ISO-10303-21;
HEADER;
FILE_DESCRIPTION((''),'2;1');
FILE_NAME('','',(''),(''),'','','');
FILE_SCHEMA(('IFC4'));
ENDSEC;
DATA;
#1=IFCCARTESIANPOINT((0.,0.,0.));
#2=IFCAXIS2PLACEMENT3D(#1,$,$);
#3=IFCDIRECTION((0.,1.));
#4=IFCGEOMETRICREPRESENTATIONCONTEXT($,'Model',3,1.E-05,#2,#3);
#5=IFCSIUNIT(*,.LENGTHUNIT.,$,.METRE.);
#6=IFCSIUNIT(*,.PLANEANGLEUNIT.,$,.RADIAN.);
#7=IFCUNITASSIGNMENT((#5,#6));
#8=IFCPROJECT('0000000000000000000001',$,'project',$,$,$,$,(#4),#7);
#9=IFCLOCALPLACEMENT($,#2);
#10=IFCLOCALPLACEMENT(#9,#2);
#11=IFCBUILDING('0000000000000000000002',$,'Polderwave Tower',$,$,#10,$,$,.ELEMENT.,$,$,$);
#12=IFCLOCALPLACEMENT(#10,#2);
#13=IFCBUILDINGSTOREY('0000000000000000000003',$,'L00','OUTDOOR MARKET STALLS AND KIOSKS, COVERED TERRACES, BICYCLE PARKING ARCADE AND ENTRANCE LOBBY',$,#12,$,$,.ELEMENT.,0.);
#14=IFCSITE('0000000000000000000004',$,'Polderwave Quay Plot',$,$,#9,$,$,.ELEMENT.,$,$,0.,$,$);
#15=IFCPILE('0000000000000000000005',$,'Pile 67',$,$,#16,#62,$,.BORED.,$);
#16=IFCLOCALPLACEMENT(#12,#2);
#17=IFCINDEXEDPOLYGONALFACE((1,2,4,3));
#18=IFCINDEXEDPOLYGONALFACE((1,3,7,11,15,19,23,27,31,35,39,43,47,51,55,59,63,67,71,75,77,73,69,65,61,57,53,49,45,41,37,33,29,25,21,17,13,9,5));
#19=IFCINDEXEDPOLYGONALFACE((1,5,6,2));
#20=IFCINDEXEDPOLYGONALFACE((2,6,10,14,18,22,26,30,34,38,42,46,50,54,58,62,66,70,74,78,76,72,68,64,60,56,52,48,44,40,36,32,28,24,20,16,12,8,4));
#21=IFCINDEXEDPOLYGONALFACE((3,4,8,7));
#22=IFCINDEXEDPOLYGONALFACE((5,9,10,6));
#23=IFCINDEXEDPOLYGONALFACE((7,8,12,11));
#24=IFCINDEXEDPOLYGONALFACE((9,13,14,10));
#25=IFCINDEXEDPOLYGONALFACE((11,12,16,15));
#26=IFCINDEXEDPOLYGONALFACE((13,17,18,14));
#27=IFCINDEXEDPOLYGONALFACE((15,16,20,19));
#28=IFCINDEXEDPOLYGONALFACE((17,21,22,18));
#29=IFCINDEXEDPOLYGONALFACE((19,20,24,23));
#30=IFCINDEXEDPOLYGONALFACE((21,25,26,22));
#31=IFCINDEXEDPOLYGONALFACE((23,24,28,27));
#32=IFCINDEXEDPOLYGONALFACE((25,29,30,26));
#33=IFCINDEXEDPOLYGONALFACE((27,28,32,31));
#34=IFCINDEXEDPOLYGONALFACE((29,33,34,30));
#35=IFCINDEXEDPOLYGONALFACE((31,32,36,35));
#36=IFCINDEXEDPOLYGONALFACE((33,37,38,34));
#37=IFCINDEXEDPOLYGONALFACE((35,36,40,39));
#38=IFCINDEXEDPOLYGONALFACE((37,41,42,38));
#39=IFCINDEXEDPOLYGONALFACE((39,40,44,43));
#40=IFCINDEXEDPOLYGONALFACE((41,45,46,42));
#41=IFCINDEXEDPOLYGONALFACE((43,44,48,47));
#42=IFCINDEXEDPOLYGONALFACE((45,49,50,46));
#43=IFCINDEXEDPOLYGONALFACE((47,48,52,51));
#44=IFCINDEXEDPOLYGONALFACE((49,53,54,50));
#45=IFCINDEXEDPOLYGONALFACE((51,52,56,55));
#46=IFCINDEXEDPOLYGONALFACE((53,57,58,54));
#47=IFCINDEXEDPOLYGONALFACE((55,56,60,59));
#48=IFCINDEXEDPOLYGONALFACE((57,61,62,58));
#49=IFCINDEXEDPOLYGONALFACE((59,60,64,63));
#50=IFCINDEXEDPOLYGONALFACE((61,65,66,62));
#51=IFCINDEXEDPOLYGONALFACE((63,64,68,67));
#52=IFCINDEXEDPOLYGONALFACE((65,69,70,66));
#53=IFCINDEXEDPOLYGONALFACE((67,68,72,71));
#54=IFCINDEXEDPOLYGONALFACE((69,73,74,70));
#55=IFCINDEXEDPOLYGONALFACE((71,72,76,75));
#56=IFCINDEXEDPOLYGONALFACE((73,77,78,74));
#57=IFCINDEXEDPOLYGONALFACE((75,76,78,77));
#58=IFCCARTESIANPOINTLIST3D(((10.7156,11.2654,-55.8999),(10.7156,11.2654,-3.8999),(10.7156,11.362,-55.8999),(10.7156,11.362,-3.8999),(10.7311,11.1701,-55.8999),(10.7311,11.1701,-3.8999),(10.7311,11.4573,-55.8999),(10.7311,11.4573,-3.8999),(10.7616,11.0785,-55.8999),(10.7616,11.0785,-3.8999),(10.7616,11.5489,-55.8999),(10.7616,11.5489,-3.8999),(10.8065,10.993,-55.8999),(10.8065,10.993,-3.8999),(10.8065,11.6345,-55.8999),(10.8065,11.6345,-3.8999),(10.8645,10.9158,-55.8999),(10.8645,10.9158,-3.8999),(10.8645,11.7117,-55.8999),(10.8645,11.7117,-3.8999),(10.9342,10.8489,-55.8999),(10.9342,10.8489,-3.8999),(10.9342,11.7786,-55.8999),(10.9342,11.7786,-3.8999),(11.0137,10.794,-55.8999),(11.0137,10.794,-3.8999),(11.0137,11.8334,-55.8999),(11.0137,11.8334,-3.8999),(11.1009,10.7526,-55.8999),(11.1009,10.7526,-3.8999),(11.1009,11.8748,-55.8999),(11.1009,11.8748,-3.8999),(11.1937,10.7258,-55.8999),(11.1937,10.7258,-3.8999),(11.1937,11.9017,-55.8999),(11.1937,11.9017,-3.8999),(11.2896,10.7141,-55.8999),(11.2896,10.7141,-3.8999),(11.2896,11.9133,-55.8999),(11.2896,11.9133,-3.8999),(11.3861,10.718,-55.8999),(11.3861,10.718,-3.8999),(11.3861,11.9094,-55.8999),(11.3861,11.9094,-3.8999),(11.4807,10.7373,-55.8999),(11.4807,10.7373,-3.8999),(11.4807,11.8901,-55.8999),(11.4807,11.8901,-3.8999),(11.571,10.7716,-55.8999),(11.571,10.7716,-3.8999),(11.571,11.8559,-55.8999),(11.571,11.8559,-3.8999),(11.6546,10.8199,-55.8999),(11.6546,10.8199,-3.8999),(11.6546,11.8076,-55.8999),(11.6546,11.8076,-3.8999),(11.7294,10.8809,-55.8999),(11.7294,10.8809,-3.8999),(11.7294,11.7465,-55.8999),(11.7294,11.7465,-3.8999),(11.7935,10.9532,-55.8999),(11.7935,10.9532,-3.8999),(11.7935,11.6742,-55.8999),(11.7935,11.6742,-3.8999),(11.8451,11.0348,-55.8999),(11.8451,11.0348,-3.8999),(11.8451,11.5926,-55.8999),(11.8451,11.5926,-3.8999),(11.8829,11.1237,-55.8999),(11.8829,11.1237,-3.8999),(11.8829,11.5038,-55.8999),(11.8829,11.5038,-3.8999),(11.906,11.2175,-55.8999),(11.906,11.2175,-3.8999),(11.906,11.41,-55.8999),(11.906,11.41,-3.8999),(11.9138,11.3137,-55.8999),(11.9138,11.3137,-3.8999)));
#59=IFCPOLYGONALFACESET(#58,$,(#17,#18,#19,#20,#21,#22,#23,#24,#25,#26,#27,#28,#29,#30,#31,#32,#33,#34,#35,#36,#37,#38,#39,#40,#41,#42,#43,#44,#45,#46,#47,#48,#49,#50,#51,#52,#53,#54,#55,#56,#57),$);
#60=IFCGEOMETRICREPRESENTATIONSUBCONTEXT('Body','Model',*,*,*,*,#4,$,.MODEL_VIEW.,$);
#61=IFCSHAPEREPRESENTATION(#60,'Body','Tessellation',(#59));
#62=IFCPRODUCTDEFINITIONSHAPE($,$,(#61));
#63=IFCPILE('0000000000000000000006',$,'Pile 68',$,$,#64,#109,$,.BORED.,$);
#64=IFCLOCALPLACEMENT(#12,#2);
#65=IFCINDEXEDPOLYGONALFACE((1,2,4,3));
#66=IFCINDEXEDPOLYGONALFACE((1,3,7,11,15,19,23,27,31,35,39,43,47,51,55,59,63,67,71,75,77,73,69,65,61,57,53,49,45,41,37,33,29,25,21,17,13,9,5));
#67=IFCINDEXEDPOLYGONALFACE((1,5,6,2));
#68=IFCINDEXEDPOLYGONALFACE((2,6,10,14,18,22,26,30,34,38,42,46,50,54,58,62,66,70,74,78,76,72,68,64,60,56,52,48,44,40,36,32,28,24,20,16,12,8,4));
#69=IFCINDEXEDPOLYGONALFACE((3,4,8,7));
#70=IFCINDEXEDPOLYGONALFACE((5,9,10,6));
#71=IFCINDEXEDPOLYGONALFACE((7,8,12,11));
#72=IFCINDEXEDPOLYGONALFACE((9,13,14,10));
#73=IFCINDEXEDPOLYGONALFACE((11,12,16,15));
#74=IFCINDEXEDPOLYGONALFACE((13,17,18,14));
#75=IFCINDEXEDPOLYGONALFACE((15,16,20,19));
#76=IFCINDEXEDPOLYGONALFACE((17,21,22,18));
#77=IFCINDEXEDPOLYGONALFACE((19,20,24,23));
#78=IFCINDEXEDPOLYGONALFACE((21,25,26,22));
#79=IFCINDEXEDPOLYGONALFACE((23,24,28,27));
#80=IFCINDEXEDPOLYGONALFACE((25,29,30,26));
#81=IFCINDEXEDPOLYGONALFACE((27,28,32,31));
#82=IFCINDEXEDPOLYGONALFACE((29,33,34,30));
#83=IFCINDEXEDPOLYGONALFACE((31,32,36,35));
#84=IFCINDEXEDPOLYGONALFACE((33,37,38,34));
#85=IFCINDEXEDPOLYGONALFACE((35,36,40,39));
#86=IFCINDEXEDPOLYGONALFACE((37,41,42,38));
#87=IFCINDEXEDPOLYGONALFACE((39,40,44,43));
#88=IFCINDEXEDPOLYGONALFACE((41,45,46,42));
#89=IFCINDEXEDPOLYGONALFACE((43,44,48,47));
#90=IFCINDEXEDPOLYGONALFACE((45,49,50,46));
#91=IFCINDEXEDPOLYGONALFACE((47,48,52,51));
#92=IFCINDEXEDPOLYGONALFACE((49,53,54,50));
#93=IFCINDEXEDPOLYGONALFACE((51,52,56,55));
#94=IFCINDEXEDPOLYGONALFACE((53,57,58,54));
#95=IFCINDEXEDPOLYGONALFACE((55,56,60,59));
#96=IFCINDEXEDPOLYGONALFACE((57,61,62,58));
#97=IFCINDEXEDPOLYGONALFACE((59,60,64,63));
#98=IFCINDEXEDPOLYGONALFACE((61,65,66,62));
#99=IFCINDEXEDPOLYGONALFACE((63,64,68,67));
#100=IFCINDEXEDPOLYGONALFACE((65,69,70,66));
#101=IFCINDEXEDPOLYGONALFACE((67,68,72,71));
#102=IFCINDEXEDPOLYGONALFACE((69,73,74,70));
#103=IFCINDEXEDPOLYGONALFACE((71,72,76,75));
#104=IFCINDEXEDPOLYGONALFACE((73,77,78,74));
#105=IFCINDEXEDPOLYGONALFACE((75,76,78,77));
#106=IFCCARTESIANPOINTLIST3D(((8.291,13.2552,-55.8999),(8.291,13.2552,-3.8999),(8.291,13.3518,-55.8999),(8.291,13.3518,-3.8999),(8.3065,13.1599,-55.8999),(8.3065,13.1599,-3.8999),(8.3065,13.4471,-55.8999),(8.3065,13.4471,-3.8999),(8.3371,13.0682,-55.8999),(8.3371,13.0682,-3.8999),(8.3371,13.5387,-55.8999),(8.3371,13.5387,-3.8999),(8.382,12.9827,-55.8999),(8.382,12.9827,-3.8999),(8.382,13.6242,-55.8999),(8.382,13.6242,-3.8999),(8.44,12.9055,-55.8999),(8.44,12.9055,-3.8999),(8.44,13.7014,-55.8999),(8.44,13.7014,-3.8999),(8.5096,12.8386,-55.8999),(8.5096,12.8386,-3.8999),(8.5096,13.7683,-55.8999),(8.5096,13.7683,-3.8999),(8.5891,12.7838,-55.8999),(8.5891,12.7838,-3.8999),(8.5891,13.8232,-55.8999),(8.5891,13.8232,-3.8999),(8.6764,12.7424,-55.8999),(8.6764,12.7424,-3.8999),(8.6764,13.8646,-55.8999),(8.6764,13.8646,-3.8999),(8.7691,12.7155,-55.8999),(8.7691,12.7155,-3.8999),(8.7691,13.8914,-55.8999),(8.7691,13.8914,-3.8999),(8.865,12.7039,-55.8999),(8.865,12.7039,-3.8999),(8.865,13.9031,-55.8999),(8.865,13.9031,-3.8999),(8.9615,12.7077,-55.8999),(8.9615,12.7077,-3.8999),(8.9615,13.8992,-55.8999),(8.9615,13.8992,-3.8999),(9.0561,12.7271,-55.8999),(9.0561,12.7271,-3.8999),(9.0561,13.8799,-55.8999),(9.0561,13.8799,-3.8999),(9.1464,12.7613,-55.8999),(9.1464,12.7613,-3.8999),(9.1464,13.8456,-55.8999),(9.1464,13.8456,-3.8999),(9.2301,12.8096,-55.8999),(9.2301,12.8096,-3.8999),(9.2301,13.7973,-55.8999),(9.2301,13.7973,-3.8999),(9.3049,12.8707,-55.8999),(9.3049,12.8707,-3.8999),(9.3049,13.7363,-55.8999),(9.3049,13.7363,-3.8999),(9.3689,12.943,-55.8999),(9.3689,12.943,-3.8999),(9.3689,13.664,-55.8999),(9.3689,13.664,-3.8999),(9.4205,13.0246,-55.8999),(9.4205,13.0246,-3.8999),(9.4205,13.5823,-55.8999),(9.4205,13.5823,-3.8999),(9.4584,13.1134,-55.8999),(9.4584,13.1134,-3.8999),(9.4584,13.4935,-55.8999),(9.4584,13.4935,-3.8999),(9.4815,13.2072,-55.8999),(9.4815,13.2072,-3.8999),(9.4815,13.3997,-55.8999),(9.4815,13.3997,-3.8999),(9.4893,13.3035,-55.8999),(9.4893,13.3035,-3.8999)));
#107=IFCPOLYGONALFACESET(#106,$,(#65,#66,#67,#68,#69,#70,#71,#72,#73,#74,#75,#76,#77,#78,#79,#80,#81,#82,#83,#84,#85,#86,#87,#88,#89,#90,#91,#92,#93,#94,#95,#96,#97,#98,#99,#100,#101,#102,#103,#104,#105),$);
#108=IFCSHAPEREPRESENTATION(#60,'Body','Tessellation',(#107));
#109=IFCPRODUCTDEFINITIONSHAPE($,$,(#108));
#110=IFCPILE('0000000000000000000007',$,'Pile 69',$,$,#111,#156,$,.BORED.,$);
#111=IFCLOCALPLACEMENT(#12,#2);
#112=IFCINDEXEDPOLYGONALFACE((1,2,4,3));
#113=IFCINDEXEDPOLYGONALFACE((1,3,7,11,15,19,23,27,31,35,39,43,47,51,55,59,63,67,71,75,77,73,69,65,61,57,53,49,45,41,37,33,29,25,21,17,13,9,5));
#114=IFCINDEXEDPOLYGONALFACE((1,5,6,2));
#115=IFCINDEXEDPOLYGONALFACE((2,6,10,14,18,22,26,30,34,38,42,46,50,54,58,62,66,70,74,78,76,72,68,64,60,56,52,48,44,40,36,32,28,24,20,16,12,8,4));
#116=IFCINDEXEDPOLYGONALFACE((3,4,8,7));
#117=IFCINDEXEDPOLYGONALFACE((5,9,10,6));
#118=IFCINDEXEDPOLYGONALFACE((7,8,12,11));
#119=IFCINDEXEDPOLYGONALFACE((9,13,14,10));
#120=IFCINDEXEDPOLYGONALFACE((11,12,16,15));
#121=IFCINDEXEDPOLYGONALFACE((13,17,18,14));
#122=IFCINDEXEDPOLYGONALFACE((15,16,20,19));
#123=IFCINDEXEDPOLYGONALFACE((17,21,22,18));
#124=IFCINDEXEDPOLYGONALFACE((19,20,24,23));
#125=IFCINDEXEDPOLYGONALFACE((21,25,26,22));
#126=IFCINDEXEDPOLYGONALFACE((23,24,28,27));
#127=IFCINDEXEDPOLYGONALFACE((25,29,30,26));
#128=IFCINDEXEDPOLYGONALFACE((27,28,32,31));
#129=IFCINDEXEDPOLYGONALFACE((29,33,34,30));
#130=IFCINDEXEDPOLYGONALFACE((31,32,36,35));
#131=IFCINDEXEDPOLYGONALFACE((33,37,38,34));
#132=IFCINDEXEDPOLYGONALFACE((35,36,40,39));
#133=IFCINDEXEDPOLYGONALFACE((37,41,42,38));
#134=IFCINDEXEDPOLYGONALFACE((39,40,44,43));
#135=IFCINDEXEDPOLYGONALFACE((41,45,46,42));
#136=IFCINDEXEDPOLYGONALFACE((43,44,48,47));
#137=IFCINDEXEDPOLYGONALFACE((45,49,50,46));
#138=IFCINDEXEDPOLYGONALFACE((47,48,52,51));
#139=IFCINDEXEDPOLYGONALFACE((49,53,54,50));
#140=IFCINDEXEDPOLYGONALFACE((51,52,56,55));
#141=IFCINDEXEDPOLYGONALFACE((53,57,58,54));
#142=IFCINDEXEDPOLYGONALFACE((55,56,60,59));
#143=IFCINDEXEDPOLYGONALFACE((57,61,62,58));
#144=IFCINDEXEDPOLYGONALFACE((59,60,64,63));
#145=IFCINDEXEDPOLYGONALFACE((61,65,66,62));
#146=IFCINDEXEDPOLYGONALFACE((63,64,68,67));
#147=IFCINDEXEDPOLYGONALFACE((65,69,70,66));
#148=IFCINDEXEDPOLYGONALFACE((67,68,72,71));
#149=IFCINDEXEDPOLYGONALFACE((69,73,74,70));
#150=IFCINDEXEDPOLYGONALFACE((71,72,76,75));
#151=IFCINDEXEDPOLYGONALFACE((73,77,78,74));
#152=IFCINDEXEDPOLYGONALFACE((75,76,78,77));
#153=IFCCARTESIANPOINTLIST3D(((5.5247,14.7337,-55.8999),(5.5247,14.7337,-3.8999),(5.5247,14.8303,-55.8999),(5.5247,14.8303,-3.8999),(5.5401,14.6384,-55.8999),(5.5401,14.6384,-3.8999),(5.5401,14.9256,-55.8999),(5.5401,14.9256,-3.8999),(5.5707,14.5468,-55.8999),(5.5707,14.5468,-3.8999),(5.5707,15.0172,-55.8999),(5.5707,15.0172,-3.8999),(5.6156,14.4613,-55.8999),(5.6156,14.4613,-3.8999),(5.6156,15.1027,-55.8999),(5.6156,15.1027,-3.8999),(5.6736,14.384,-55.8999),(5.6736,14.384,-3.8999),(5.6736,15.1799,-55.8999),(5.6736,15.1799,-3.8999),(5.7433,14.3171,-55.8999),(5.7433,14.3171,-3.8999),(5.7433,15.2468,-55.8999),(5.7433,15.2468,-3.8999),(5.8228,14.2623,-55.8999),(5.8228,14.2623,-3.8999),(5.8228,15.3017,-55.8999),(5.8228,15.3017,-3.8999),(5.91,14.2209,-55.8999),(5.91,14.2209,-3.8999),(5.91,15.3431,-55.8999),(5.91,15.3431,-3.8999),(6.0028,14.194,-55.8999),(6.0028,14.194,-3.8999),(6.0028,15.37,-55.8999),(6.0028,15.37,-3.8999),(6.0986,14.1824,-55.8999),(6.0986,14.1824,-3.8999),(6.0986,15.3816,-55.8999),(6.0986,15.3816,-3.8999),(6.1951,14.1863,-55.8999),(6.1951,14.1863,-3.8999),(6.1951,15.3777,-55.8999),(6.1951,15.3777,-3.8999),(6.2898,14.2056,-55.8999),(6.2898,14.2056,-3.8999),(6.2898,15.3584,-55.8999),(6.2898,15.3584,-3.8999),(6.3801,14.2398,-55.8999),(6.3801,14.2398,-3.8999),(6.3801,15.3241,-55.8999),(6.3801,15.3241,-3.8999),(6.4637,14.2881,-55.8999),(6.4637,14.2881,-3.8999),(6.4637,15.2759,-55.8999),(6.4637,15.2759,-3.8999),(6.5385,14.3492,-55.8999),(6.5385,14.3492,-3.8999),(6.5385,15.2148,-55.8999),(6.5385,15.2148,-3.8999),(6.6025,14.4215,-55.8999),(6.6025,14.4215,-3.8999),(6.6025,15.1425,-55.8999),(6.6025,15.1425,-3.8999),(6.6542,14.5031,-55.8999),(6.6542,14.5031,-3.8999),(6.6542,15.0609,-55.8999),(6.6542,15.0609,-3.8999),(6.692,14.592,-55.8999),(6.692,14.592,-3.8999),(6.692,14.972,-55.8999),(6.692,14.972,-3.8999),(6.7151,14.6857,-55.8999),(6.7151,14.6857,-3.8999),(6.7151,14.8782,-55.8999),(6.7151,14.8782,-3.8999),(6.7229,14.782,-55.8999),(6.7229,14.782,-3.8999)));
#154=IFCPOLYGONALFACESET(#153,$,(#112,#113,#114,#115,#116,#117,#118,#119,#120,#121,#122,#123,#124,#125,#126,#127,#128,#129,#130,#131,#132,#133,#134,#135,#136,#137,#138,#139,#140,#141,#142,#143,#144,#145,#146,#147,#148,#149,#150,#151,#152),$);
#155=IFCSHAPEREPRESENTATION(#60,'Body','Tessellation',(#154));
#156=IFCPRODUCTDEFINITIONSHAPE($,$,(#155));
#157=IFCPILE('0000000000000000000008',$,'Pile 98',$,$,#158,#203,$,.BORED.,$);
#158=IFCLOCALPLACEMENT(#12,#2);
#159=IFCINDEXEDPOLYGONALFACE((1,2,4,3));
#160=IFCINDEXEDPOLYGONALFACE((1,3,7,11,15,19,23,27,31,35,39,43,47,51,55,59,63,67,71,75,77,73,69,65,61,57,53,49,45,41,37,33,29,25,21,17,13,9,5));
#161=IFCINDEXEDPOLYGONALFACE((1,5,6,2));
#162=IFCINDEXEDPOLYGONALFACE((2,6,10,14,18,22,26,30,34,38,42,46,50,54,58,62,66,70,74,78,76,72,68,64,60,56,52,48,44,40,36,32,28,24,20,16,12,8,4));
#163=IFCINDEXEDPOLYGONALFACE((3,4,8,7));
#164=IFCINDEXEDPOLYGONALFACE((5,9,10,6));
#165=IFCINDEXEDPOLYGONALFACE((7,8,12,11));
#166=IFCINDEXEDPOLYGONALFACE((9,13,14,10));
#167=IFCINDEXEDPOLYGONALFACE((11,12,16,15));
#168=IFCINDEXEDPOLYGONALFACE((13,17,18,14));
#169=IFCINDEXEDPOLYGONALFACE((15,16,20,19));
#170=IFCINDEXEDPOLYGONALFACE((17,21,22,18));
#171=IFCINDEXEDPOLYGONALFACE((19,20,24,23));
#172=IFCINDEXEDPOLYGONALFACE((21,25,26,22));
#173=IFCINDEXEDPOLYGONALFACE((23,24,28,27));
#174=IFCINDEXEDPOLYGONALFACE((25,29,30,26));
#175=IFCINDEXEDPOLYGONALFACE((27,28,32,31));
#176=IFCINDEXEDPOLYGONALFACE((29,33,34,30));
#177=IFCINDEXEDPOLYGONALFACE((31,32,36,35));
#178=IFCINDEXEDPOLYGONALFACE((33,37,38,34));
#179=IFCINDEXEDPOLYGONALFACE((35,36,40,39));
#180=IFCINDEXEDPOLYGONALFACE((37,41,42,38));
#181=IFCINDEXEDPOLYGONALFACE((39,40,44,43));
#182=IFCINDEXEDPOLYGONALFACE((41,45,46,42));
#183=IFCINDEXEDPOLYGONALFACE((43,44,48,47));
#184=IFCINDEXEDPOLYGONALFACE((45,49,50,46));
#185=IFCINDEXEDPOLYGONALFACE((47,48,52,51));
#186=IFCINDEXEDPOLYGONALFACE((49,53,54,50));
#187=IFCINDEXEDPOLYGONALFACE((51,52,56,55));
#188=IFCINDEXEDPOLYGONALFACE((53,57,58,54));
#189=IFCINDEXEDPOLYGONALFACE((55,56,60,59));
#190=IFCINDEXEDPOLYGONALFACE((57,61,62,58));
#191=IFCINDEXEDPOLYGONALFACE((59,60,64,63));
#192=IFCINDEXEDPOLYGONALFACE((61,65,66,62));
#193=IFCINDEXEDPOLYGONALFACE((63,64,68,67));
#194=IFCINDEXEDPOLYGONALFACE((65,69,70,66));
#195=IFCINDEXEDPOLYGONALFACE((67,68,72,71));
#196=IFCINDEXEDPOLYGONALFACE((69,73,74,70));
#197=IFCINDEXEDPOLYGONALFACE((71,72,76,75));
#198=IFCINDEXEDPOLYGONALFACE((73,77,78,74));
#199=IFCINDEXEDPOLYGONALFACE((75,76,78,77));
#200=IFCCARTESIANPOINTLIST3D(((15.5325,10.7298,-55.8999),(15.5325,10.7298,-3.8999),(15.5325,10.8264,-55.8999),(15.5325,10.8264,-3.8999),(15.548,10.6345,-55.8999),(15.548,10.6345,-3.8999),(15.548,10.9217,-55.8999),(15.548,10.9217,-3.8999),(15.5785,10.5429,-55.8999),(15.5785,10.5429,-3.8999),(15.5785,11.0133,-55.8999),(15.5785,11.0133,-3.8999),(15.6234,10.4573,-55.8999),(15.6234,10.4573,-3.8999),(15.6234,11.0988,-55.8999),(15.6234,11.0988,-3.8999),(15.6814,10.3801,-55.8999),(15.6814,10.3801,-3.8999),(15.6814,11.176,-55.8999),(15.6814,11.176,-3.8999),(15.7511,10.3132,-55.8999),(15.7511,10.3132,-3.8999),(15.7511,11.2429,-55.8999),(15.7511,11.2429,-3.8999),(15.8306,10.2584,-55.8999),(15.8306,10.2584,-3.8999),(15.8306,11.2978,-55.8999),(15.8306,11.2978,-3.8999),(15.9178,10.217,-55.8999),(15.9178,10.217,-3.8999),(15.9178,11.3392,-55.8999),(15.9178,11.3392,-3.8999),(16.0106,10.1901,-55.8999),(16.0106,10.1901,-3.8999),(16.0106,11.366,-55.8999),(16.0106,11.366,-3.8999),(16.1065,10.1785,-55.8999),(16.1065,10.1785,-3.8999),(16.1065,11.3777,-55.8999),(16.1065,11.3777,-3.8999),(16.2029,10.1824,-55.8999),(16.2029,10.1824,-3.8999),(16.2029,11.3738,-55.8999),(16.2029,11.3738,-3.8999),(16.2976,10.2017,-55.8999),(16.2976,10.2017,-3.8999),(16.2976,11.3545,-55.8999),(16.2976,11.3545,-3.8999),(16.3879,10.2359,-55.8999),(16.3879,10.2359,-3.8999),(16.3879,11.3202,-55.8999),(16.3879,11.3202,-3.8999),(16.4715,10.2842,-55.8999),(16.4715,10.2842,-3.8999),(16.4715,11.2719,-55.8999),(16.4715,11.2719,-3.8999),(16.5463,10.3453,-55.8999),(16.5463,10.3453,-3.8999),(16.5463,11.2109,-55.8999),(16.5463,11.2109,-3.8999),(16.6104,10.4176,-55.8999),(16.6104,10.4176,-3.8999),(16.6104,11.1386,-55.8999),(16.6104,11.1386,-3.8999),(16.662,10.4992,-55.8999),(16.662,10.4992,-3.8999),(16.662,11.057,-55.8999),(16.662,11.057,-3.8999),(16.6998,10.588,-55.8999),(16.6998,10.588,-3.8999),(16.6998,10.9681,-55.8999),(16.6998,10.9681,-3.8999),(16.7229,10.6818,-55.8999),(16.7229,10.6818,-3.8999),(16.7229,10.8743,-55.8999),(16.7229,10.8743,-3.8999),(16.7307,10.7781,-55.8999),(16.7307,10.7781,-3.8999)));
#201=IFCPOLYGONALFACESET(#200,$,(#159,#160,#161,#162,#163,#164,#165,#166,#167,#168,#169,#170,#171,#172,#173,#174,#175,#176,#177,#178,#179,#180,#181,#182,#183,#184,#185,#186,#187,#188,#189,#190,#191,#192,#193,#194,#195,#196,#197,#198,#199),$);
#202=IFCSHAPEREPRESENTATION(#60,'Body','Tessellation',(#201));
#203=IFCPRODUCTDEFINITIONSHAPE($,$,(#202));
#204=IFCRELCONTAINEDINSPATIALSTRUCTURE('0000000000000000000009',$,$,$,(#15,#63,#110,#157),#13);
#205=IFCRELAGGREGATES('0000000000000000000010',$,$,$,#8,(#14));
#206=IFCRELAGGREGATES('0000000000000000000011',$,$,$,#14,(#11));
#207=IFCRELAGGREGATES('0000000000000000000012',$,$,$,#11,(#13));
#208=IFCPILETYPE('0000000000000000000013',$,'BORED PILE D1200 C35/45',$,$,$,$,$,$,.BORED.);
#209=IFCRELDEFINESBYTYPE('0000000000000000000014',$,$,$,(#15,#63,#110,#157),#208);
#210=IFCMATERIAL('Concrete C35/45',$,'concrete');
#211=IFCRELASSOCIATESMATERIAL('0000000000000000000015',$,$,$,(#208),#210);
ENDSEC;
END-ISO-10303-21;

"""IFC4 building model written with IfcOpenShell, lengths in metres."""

from ifc_helpers import new_model, si_unit, direction, frame, origin, origin_2d, place, context, subcontext, project, spatial, circle, extrude, material, material_profile, profile_set, type_object, element, save


model = new_model("IFC4")

# Units and contexts
model_context = context("Model", 3, precision=1e-05, world=origin(), true_north=direction((0.0, 1.0)))
body_context = subcontext(model_context, "Body", "Model", "MODEL_VIEW")
ifc_project = project(units=[si_unit("LENGTHUNIT", "METRE"), si_unit("PLANEANGLEUNIT", "RADIAN")], contexts=[model_context])

# Site, building, storey
site_placement = place(None, origin())
site = spatial("IfcSite", under=ifc_project, at=site_placement, Name="Polderwave Quay Plot", CompositionType="ELEMENT", RefElevation=0.0)
building_placement = place(site_placement, origin())
building = spatial("IfcBuilding", under=site, at=building_placement, Name="Polderwave Tower", CompositionType="ELEMENT")
storey_placement = place(building_placement, origin())
storey = spatial("IfcBuildingStorey", under=building, at=storey_placement, Name="L00", Description="OUTDOOR MARKET STALLS AND KIOSKS, COVERED TERRACES, BICYCLE PARKING ARCADE AND ENTRANCE LOBBY", CompositionType="ELEMENT", Elevation=0.0)

# Piles
ifc_material_1 = material(Name="Concrete C35/45", Category="concrete")
ifc_material_profile_1 = material_profile(ifc_material_1, circle(Radius=0.6001, at=origin_2d()), Name="BORED D1200")
ifc_profile_set_1 = profile_set([ifc_material_profile_1], Name="Concrete C35/45")
pile_type = type_object("IfcPileType", Name="BORED PILE D1200 C35/45", PredefinedType="BORED", material=ifc_profile_set_1)
for number, where, z_axis, x_axis, name in (
    (1, (11.3137, 11.3137, -3.8999), (0.0, 0.0, -1.0), (1.0, 0.0, 0.0), "Pile 67"),
    (2, (8.8892, 13.3035, -3.8999), (0.0, 0.0, -1.0), (1.0, 0.0, 0.0), "Pile 68"),
    (3, (6.1228, 14.782, -3.8999), (0.0, 0.0, -1.0), (1.0, 0.0, 0.0), "Pile 69"),
    (4, (16.1306, 10.7781, -3.8999), (0.0, 0.0, -1.0), (1.0, 0.0, 0.0), "Pile 98"),
):
    element("IfcPile", number, at=place(storey_placement, frame(where, z_axis=z_axis, x_axis=x_axis)), inside=storey, type_object=pile_type, Name=name, PredefinedType="BORED", context=body_context, shape_type="SweptSolid", body=[
        extrude(circle(Radius=0.6001, at=origin_2d()), origin(), (0.0, 0.0, 1.0), 52.0),
    ])

save(model, "model.ifc")
